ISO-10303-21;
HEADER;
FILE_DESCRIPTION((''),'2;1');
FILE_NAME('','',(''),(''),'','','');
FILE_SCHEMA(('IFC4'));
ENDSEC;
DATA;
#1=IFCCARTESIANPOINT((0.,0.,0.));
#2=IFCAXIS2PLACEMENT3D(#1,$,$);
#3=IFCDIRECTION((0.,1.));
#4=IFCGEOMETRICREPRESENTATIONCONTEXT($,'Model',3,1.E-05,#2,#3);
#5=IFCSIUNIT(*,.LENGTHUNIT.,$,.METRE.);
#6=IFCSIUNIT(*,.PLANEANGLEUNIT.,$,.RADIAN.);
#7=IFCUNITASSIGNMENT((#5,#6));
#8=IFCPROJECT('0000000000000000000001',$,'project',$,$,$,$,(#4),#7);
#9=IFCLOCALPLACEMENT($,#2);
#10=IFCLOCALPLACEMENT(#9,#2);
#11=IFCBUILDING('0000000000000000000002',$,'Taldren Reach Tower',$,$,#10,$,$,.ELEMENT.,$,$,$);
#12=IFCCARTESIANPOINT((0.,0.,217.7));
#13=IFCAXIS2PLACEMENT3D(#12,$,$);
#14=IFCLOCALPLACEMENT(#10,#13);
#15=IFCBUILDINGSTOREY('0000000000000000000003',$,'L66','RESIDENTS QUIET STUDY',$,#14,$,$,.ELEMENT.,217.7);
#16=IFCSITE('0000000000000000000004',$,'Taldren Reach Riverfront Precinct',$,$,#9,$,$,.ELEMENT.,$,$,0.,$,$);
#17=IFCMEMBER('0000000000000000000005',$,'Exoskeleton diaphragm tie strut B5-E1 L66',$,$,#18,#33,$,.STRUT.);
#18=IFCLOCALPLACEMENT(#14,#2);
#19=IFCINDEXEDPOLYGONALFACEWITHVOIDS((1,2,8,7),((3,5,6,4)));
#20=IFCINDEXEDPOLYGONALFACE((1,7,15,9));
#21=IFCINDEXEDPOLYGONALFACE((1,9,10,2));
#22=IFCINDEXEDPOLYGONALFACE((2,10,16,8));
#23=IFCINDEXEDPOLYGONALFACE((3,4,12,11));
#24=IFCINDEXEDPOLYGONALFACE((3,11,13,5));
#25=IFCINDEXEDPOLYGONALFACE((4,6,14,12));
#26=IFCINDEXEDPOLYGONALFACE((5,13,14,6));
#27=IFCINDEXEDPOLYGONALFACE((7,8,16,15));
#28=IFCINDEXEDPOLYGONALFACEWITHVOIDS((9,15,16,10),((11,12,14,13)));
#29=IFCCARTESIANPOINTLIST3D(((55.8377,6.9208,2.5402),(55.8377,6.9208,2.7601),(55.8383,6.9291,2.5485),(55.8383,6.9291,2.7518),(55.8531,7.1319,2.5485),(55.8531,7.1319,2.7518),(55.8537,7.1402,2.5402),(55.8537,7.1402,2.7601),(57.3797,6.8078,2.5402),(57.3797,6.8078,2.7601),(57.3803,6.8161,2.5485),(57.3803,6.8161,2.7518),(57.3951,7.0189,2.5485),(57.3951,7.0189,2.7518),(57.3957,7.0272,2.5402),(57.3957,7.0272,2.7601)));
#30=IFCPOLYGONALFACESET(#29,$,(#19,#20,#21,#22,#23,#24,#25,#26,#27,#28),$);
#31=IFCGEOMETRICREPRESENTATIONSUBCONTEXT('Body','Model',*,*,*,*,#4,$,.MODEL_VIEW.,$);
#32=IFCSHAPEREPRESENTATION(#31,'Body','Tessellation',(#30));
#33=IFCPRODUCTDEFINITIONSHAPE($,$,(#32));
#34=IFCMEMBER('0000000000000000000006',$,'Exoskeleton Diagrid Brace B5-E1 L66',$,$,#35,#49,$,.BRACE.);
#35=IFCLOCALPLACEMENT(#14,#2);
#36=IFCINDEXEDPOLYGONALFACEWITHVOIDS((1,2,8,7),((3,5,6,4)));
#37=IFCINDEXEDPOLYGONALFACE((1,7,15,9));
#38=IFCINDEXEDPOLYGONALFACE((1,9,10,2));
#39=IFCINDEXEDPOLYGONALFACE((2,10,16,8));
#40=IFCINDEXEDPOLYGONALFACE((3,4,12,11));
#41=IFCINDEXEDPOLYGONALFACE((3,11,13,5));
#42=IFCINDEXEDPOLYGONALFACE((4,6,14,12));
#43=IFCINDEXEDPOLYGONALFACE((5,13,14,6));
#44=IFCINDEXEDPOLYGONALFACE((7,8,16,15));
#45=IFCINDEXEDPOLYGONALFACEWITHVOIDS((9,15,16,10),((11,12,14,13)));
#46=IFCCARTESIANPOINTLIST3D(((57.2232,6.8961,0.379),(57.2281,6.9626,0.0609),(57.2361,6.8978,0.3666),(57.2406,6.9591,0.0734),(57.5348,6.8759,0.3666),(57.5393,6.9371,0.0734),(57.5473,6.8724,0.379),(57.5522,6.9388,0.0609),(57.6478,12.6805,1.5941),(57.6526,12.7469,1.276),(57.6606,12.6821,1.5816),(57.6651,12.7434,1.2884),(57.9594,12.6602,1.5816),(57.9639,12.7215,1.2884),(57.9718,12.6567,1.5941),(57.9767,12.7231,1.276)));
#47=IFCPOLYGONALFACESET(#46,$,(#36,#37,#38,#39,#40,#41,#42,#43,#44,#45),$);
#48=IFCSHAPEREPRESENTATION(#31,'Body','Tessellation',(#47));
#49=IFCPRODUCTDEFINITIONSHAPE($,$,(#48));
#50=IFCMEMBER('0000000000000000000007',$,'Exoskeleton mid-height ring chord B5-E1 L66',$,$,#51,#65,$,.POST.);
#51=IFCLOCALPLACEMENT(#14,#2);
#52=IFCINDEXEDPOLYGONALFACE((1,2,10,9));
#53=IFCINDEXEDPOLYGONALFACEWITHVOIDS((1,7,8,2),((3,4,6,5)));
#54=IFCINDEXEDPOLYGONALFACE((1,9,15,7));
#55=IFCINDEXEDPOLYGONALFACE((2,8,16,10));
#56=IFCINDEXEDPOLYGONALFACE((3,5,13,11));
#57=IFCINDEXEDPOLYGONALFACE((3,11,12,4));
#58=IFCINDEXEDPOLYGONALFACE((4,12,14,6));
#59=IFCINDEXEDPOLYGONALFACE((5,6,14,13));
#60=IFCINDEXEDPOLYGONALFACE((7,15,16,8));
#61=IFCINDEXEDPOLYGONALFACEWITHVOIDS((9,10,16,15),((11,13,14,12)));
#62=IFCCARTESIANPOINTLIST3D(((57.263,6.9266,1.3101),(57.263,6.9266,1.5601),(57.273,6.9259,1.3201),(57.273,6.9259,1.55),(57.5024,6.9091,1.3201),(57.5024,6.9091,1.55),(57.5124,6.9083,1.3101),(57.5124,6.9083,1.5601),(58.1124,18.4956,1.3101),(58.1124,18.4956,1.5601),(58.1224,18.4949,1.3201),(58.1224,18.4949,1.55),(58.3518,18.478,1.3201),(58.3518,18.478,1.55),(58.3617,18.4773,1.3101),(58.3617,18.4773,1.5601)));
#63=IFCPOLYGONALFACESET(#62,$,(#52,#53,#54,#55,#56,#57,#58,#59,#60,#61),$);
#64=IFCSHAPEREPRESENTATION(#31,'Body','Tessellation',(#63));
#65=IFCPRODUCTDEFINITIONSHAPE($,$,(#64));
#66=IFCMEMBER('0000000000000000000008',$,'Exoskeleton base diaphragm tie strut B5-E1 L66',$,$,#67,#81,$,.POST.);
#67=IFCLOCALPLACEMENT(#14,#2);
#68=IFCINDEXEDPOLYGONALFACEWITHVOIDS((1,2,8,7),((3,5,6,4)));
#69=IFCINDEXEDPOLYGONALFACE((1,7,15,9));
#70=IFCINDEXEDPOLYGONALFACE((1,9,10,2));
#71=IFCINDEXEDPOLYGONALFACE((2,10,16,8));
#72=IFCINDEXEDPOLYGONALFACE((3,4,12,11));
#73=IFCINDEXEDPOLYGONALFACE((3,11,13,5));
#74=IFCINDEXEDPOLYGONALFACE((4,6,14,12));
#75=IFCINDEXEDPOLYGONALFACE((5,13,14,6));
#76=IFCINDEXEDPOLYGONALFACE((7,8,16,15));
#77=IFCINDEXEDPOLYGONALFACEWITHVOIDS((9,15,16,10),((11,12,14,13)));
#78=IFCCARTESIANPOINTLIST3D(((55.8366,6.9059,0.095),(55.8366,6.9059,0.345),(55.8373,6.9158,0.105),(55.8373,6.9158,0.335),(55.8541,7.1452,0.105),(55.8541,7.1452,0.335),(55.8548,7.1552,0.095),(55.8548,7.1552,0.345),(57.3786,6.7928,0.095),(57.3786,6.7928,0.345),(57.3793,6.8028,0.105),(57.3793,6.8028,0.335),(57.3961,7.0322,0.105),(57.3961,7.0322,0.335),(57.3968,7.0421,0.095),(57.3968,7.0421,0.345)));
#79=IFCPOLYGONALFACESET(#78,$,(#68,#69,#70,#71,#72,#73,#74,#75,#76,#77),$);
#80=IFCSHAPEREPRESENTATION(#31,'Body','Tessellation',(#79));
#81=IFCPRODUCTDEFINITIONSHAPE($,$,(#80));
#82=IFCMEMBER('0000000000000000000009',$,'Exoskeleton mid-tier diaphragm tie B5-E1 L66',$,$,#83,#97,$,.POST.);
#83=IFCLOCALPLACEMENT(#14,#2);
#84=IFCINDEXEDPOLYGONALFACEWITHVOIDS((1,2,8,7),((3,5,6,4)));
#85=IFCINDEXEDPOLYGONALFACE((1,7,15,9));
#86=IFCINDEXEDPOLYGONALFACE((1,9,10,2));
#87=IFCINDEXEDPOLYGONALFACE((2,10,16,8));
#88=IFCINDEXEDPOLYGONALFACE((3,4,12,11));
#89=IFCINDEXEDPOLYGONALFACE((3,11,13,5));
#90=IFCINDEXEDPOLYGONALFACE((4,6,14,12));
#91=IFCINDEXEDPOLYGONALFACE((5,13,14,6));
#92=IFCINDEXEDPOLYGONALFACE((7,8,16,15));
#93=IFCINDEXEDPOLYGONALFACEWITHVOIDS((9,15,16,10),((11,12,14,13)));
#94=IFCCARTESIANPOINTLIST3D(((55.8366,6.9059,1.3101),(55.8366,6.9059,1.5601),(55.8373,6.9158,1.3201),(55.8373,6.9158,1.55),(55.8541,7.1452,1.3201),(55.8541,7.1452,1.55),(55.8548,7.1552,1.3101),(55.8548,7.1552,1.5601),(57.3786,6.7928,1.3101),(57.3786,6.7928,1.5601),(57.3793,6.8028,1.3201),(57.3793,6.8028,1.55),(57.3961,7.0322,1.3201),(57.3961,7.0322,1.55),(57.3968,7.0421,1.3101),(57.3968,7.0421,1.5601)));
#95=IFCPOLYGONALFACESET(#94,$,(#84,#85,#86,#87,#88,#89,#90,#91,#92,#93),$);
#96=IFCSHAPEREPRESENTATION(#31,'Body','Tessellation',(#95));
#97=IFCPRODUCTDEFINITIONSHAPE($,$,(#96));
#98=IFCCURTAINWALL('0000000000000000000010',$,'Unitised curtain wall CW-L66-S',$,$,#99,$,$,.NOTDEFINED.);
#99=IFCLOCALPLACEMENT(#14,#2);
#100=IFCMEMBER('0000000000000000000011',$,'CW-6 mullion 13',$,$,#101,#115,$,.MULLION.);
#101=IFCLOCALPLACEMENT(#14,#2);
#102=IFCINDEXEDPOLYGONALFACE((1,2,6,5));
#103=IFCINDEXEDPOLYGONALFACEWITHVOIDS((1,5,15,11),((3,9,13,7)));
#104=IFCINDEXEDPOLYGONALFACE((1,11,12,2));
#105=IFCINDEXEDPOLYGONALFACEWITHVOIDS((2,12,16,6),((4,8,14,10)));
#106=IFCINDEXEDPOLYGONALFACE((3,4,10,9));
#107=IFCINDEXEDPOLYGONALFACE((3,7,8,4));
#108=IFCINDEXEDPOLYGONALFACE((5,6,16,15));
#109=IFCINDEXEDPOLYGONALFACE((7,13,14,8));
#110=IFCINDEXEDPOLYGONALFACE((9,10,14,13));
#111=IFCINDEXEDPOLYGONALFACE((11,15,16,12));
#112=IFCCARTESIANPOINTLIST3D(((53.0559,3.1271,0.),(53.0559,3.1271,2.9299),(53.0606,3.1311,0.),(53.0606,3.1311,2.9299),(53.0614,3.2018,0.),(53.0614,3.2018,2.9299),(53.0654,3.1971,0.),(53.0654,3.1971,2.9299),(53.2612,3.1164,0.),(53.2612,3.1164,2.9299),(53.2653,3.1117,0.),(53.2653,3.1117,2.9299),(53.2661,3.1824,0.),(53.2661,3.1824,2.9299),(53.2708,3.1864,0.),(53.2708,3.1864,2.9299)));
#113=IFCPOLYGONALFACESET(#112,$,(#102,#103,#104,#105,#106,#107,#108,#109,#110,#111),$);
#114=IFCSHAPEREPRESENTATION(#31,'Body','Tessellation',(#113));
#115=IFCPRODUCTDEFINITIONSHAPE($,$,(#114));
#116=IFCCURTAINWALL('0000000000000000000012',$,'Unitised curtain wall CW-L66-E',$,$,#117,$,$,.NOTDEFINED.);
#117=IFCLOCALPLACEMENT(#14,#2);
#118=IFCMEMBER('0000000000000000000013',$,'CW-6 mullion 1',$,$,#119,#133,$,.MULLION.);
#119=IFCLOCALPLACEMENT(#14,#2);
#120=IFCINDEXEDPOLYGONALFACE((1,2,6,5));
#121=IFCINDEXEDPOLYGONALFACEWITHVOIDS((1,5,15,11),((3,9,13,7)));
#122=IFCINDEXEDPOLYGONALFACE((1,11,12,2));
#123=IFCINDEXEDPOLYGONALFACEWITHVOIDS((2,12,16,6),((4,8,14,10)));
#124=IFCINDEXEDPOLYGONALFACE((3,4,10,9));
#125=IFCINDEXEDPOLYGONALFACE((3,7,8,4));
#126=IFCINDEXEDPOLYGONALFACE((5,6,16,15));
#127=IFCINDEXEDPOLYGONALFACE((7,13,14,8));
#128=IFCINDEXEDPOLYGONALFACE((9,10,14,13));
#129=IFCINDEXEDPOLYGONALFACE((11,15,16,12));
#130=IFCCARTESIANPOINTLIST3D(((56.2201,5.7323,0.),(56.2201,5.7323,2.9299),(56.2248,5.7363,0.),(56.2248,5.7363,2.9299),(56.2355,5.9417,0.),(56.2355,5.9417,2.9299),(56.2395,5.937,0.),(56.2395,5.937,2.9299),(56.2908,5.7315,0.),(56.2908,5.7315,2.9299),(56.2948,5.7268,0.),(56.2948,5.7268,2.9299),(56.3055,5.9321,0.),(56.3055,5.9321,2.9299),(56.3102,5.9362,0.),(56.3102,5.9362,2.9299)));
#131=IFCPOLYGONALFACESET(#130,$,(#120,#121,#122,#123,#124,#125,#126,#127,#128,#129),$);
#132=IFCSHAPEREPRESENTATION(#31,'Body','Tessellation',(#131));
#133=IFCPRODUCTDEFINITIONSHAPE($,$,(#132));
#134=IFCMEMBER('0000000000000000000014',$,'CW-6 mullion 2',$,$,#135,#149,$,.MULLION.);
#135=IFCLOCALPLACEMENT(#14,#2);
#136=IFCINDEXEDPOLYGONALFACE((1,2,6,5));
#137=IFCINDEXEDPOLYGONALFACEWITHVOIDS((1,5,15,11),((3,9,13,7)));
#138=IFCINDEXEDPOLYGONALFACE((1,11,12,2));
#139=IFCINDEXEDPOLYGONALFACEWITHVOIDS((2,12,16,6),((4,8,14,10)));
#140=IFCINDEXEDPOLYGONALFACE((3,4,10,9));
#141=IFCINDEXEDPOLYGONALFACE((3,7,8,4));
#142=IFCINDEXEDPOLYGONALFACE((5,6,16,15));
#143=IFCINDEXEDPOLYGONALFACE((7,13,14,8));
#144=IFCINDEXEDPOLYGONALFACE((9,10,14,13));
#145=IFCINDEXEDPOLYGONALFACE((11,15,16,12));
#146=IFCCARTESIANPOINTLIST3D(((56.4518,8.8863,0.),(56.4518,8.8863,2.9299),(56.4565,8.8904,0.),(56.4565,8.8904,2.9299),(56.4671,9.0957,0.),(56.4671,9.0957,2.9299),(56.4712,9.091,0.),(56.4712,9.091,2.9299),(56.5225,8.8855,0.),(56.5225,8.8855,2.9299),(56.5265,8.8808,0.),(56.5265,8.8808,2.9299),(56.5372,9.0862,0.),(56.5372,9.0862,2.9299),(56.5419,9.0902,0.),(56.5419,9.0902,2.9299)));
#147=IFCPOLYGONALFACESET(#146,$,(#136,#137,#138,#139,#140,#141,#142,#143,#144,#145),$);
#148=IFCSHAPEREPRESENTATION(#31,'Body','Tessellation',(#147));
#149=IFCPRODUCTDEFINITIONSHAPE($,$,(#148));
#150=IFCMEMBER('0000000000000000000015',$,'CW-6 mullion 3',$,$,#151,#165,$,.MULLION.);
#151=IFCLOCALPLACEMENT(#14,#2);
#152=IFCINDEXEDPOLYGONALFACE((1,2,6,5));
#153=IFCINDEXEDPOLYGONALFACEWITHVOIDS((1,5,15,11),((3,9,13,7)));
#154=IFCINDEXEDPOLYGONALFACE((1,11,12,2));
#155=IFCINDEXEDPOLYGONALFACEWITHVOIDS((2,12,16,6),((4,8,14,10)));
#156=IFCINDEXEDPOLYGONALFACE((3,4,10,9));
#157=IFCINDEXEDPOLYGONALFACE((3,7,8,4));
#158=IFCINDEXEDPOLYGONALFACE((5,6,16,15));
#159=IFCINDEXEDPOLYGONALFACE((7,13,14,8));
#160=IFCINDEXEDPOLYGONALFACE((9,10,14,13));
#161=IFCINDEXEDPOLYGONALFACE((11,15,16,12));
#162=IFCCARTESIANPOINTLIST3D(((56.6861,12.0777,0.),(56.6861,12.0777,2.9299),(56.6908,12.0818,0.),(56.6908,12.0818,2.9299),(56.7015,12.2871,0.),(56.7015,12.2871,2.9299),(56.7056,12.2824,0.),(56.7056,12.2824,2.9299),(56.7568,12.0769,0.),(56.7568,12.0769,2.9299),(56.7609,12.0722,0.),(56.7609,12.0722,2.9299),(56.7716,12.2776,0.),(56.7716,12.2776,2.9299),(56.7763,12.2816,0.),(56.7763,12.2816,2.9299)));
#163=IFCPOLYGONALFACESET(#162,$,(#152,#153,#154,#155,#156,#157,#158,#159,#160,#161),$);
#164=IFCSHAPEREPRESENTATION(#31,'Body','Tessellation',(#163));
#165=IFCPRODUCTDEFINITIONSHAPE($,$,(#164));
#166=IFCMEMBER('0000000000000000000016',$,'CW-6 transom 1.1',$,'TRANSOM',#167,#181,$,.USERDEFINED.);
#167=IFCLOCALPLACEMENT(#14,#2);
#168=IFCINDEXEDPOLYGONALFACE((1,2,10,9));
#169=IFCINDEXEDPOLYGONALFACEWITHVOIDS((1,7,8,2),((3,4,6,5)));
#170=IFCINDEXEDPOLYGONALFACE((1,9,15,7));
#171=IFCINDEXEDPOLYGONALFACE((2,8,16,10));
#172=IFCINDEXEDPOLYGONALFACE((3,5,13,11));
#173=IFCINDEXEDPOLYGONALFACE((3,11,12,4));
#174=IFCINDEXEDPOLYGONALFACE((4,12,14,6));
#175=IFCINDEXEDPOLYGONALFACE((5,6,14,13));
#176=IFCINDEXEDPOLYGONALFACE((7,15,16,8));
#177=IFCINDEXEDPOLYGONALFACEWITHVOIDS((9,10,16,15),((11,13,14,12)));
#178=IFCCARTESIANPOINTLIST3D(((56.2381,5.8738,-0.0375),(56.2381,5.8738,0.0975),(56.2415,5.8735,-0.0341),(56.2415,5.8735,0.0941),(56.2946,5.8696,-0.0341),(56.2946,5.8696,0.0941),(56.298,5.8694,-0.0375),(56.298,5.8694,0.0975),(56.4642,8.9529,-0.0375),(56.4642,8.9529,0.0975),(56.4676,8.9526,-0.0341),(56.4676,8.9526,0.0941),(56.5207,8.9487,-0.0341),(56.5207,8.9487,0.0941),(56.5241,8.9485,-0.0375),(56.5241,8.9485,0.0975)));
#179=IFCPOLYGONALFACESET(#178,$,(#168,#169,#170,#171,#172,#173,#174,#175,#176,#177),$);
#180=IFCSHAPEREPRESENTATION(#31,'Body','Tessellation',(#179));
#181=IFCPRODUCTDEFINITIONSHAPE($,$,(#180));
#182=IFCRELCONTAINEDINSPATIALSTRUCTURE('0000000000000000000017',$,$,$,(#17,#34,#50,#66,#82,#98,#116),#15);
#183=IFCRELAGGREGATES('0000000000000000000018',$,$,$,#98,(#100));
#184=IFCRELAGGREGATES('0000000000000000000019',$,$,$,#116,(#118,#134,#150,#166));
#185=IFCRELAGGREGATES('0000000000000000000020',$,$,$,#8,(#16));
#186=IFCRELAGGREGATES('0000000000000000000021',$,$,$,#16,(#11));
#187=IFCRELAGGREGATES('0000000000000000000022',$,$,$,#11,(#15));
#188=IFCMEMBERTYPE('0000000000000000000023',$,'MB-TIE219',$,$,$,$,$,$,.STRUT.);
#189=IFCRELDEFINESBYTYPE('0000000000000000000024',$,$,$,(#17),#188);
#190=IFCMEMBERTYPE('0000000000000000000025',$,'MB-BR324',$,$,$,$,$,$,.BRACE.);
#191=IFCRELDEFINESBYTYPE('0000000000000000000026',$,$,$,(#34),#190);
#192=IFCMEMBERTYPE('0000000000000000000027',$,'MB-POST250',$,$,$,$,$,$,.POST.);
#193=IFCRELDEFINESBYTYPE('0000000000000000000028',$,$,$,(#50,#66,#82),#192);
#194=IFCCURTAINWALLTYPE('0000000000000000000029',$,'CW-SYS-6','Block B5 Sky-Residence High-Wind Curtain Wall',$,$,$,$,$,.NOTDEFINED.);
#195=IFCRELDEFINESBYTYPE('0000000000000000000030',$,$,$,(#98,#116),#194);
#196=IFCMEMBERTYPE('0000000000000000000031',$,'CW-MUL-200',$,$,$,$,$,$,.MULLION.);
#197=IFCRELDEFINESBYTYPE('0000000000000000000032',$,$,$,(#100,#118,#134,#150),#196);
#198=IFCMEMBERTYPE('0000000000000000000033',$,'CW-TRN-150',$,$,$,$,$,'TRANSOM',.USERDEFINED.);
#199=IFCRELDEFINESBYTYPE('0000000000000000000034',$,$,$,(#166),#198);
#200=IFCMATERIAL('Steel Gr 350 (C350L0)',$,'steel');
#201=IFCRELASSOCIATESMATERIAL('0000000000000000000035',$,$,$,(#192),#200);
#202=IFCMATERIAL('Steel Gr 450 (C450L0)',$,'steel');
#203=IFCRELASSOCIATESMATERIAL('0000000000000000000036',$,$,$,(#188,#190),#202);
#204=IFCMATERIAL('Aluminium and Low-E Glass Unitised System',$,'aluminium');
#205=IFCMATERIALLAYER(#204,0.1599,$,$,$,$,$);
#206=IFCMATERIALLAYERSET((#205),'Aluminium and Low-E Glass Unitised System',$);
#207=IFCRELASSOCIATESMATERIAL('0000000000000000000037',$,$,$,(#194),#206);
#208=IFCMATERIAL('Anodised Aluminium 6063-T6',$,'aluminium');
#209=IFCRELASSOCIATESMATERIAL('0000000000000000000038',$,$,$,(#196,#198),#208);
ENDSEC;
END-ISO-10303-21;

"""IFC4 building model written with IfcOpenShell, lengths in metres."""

from ifc_helpers import new_model, si_unit, direction, frame, origin, origin_2d, place, context, subcontext, project, spatial, hollow_rectangle, extrude, source, transform, mapped, material, layer, layer_set, material_profile, profile_set, type_object, element, aggregate, save


model = new_model("IFC4")

# Units and contexts
model_context = context("Model", 3, precision=1e-05, world=origin(), true_north=direction((0.0, 1.0)))
body_context = subcontext(model_context, "Body", "Model", "MODEL_VIEW")
ifc_project = project(units=[si_unit("LENGTHUNIT", "METRE"), si_unit("PLANEANGLEUNIT", "RADIAN")], contexts=[model_context])

# Site, building, storey
site_placement = place(None, origin())
site = spatial("IfcSite", under=ifc_project, at=site_placement, Name="Taldren Reach Riverfront Precinct", CompositionType="ELEMENT", RefElevation=0.0)
building_placement = place(site_placement, origin())
building = spatial("IfcBuilding", under=site, at=building_placement, Name="Taldren Reach Tower", CompositionType="ELEMENT")
storey_placement = place(building_placement, frame((0.0, 0.0, 217.7)))
storey = spatial("IfcBuildingStorey", under=building, at=storey_placement, Name="L66", Description="RESIDENTS QUIET STUDY", CompositionType="ELEMENT", Elevation=217.7)

# Shared definitions
ifc_material_1 = material(Name="Steel Gr 350 (C350L0)", Category="steel")

# Shared definitions
ifc_material_profile_1 = material_profile(ifc_material_1, hollow_rectangle(XDim=0.25, YDim=0.25, WallThickness=0.01, at=origin_2d()), Name="250x250x10.0SHS")
ifc_profile_set_1 = profile_set([ifc_material_profile_1], Name="Steel Gr 350 (C350L0)")
member_type_1 = type_object("IfcMemberType", Name="MB-POST250", PredefinedType="POST", material=ifc_profile_set_1)
ifc_material_2 = material(Name="Steel Gr 450 (C450L0)", Category="steel")
ifc_material_profile_2 = material_profile(ifc_material_2, hollow_rectangle(XDim=0.22, YDim=0.22, WallThickness=0.0083, at=origin_2d()), Name="220x220x8.2SHS")
ifc_profile_set_2 = profile_set([ifc_material_profile_2], Name="Steel Gr 450 (C450L0)")
member_type_2 = type_object("IfcMemberType", Name="MB-TIE219", PredefinedType="STRUT", material=ifc_profile_set_2)

# Members
shared_shape_1 = source(origin(), body_context, "Body", "SweptSolid", [
    extrude(hollow_rectangle(XDim=0.22, YDim=0.22, WallThickness=0.0083, at=origin_2d()), origin(), (0.0, 0.0, 1.0), 1.5461),
])
member_1_placement = place(storey_placement, frame((55.8457, 7.0305, 2.6501), z_axis=(0.997324, -0.07311, 0.0), x_axis=(0.07311, 0.997324, 0.0)))
element("IfcMember", 1, at=member_1_placement, inside=storey, type_object=member_type_2, Name="Exoskeleton diaphragm tie strut B5-E1 L66", PredefinedType="STRUT", context=body_context, shape_type="MappedRepresentation", body=[
    mapped(shared_shape_1, transform((0.0, 0.0, 0.0), scale=1.0)),
])
ifc_material_profile_3 = material_profile(ifc_material_2, hollow_rectangle(XDim=0.325, YDim=0.325, WallThickness=0.0127, at=origin_2d()), Name="325x325x12.7SHS")
ifc_profile_set_3 = profile_set([ifc_material_profile_3], Name="Steel Gr 450 (C450L0)")
member_type_3 = type_object("IfcMemberType", Name="MB-BR324", PredefinedType="BRACE", material=ifc_profile_set_3)
shared_shape_2 = source(origin(), body_context, "Body", "SweptSolid", [
    extrude(hollow_rectangle(XDim=0.325, YDim=0.325, WallThickness=0.0127, at=origin_2d()), origin(), (0.0, 0.0, 1.0), 5.9258),
])
member_2_placement = place(storey_placement, frame((57.3877, 6.9175, 0.22), z_axis=(0.071645, 0.976126, 0.205047), x_axis=(-0.997317, 0.0732, 0.0)))
element("IfcMember", 2, at=member_2_placement, inside=storey, type_object=member_type_3, Name="Exoskeleton Diagrid Brace B5-E1 L66", PredefinedType="BRACE", context=body_context, shape_type="MappedRepresentation", body=[
    mapped(shared_shape_2, transform((0.0, 0.0, 0.0), scale=1.0)),
])
shared_shape_3 = source(origin(), body_context, "Body", "SweptSolid", [
    extrude(hollow_rectangle(XDim=0.25, YDim=0.25, WallThickness=0.01, at=origin_2d()), origin(), (0.0, 0.0, 1.0), 11.6001),
])
member_3_placement = place(storey_placement, frame((57.3877, 6.9175, 1.4351), z_axis=(0.073221, 0.997316, 0.0), x_axis=(-0.997316, 0.073221, 0.0)))
element("IfcMember", 3, at=member_3_placement, inside=storey, type_object=member_type_1, Name="Exoskeleton mid-height ring chord B5-E1 L66", PredefinedType="POST", context=body_context, shape_type="MappedRepresentation", body=[
    mapped(shared_shape_3, transform((0.0, 0.0, 0.0), scale=1.0)),
])
shared_shape_4 = source(origin(), body_context, "Body", "SweptSolid", [
    extrude(hollow_rectangle(XDim=0.25, YDim=0.25, WallThickness=0.01, at=origin_2d()), origin(), (0.0, 0.0, 1.0), 1.5461),
])
for number, where, z_axis, x_axis, name in (
    (4, (55.8457, 7.0305, 0.22), (0.997324, -0.07311, 0.0), (0.07311, 0.997324, 0.0), "Exoskeleton base diaphragm tie strut B5-E1 L66"),
    (5, (55.8457, 7.0305, 1.4351), (0.997324, -0.07311, 0.0), (0.07311, 0.997324, 0.0), "Exoskeleton mid-tier diaphragm tie B5-E1 L66"),
):
    element("IfcMember", number, at=place(storey_placement, frame(where, z_axis=z_axis, x_axis=x_axis)), inside=storey, type_object=member_type_1, Name=name, PredefinedType="POST", context=body_context, shape_type="MappedRepresentation", body=[
        mapped(shared_shape_4, transform((0.0, 0.0, 0.0), scale=1.0)),
    ])

# Curtain wall, member
ifc_material_3 = material(Name="Aluminium and Low-E Glass Unitised System", Category="aluminium")
ifc_layer_1 = layer(ifc_material_3, 0.1599)
ifc_layer_set_1 = layer_set([ifc_layer_1], Name="Aluminium and Low-E Glass Unitised System")
curtain_wall_type = type_object("IfcCurtainWallType", Name="CW-SYS-6", Description="Block B5 Sky-Residence High-Wind Curtain Wall", PredefinedType="NOTDEFINED", material=ifc_layer_set_1)
curtain_wall_1_placement = place(storey_placement, origin())
curtain_wall_1 = element("IfcCurtainWall", 6, at=curtain_wall_1_placement, inside=storey, type_object=curtain_wall_type, Name="Unitised curtain wall CW-L66-S", PredefinedType="NOTDEFINED")
ifc_material_4 = material(Name="Anodised Aluminium 6063-T6", Category="aluminium")
ifc_material_profile_4 = material_profile(ifc_material_4, hollow_rectangle(XDim=0.075, YDim=0.21, WallThickness=0.0044, at=origin_2d()), Name="ALU-210x75x4.5RHS")
ifc_profile_set_4 = profile_set([ifc_material_profile_4], Name="Anodised Aluminium 6063-T6")
member_type_4 = type_object("IfcMemberType", Name="CW-MUL-200", PredefinedType="MULLION", material=ifc_profile_set_4)
shared_shape_5 = source(origin(), body_context, "Body", "SweptSolid", [
    extrude(hollow_rectangle(XDim=0.075, YDim=0.21, WallThickness=0.0044, at=origin_2d()), origin(), (0.0, 0.0, 1.0), 2.9299),
])
member_4_placement = place(storey_placement, frame((53.1633, 3.1567, 0.0), z_axis=(0.0, 0.0, 1.0), x_axis=(0.073238, 0.997314, 0.0)))
member_4 = element("IfcMember", 7, at=member_4_placement, type_object=member_type_4, Name="CW-6 mullion 13", PredefinedType="MULLION", context=body_context, shape_type="MappedRepresentation", body=[
    mapped(shared_shape_5, transform((0.0, 0.0, 0.0), scale=1.0)),
])
aggregate(curtain_wall_1, [member_4])

# Curtain wall, members
curtain_wall_2_placement = place(storey_placement, origin())
curtain_wall_2 = element("IfcCurtainWall", 8, at=curtain_wall_2_placement, inside=storey, type_object=curtain_wall_type, Name="Unitised curtain wall CW-L66-E", PredefinedType="NOTDEFINED")
member_5_placement = place(storey_placement, frame((56.2651, 5.8342, 0.0), z_axis=(0.0, 0.0, 1.0), x_axis=(-0.997314, 0.073238, 0.0)))
member_5 = element("IfcMember", 9, at=member_5_placement, type_object=member_type_4, Name="CW-6 mullion 1", PredefinedType="MULLION", context=body_context, shape_type="MappedRepresentation", body=[
    mapped(shared_shape_5, transform((0.0, 0.0, 0.0), scale=1.0)),
])
member_6_placement = place(storey_placement, frame((56.4968, 8.9883, 0.0), z_axis=(0.0, 0.0, 1.0), x_axis=(-0.997314, 0.073238, 0.0)))
member_6 = element("IfcMember", 10, at=member_6_placement, type_object=member_type_4, Name="CW-6 mullion 2", PredefinedType="MULLION", context=body_context, shape_type="MappedRepresentation", body=[
    mapped(shared_shape_5, transform((0.0, 0.0, 0.0), scale=1.0)),
])
member_7_placement = place(storey_placement, frame((56.7312, 12.1797, 0.0), z_axis=(0.0, 0.0, 1.0), x_axis=(-0.997314, 0.073238, 0.0)))
member_7 = element("IfcMember", 11, at=member_7_placement, type_object=member_type_4, Name="CW-6 mullion 3", PredefinedType="MULLION", context=body_context, shape_type="MappedRepresentation", body=[
    mapped(shared_shape_5, transform((0.0, 0.0, 0.0), scale=1.0)),
])
ifc_material_profile_5 = material_profile(ifc_material_4, hollow_rectangle(XDim=0.0601, YDim=0.135, WallThickness=0.0034, at=origin_2d()), Name="ALU-135x60x3.5RHS")
ifc_profile_set_5 = profile_set([ifc_material_profile_5], Name="Anodised Aluminium 6063-T6")
member_type_5 = type_object("IfcMemberType", Name="CW-TRN-150", ElementType="TRANSOM", PredefinedType="USERDEFINED", material=ifc_profile_set_5)
shared_shape_6 = source(origin(), body_context, "Body", "SweptSolid", [
    extrude(hollow_rectangle(XDim=0.0601, YDim=0.135, WallThickness=0.0034, at=origin_2d()), origin(), (0.0, 0.0, 1.0), 3.0874),
])
member_8_placement = place(storey_placement, frame((56.2681, 5.8716, 0.03), z_axis=(0.073225, 0.997315, 0.0), x_axis=(-0.997315, 0.073225, 0.0)))
member_8 = element("IfcMember", 12, at=member_8_placement, type_object=member_type_5, Name="CW-6 transom 1.1", ObjectType="TRANSOM", PredefinedType="USERDEFINED", context=body_context, shape_type="MappedRepresentation", body=[
    mapped(shared_shape_6, transform((0.0, 0.0, 0.0), scale=1.0)),
])

aggregate(curtain_wall_2, [member_5, member_6, member_7, member_8])

save(model, "model.ifc")
